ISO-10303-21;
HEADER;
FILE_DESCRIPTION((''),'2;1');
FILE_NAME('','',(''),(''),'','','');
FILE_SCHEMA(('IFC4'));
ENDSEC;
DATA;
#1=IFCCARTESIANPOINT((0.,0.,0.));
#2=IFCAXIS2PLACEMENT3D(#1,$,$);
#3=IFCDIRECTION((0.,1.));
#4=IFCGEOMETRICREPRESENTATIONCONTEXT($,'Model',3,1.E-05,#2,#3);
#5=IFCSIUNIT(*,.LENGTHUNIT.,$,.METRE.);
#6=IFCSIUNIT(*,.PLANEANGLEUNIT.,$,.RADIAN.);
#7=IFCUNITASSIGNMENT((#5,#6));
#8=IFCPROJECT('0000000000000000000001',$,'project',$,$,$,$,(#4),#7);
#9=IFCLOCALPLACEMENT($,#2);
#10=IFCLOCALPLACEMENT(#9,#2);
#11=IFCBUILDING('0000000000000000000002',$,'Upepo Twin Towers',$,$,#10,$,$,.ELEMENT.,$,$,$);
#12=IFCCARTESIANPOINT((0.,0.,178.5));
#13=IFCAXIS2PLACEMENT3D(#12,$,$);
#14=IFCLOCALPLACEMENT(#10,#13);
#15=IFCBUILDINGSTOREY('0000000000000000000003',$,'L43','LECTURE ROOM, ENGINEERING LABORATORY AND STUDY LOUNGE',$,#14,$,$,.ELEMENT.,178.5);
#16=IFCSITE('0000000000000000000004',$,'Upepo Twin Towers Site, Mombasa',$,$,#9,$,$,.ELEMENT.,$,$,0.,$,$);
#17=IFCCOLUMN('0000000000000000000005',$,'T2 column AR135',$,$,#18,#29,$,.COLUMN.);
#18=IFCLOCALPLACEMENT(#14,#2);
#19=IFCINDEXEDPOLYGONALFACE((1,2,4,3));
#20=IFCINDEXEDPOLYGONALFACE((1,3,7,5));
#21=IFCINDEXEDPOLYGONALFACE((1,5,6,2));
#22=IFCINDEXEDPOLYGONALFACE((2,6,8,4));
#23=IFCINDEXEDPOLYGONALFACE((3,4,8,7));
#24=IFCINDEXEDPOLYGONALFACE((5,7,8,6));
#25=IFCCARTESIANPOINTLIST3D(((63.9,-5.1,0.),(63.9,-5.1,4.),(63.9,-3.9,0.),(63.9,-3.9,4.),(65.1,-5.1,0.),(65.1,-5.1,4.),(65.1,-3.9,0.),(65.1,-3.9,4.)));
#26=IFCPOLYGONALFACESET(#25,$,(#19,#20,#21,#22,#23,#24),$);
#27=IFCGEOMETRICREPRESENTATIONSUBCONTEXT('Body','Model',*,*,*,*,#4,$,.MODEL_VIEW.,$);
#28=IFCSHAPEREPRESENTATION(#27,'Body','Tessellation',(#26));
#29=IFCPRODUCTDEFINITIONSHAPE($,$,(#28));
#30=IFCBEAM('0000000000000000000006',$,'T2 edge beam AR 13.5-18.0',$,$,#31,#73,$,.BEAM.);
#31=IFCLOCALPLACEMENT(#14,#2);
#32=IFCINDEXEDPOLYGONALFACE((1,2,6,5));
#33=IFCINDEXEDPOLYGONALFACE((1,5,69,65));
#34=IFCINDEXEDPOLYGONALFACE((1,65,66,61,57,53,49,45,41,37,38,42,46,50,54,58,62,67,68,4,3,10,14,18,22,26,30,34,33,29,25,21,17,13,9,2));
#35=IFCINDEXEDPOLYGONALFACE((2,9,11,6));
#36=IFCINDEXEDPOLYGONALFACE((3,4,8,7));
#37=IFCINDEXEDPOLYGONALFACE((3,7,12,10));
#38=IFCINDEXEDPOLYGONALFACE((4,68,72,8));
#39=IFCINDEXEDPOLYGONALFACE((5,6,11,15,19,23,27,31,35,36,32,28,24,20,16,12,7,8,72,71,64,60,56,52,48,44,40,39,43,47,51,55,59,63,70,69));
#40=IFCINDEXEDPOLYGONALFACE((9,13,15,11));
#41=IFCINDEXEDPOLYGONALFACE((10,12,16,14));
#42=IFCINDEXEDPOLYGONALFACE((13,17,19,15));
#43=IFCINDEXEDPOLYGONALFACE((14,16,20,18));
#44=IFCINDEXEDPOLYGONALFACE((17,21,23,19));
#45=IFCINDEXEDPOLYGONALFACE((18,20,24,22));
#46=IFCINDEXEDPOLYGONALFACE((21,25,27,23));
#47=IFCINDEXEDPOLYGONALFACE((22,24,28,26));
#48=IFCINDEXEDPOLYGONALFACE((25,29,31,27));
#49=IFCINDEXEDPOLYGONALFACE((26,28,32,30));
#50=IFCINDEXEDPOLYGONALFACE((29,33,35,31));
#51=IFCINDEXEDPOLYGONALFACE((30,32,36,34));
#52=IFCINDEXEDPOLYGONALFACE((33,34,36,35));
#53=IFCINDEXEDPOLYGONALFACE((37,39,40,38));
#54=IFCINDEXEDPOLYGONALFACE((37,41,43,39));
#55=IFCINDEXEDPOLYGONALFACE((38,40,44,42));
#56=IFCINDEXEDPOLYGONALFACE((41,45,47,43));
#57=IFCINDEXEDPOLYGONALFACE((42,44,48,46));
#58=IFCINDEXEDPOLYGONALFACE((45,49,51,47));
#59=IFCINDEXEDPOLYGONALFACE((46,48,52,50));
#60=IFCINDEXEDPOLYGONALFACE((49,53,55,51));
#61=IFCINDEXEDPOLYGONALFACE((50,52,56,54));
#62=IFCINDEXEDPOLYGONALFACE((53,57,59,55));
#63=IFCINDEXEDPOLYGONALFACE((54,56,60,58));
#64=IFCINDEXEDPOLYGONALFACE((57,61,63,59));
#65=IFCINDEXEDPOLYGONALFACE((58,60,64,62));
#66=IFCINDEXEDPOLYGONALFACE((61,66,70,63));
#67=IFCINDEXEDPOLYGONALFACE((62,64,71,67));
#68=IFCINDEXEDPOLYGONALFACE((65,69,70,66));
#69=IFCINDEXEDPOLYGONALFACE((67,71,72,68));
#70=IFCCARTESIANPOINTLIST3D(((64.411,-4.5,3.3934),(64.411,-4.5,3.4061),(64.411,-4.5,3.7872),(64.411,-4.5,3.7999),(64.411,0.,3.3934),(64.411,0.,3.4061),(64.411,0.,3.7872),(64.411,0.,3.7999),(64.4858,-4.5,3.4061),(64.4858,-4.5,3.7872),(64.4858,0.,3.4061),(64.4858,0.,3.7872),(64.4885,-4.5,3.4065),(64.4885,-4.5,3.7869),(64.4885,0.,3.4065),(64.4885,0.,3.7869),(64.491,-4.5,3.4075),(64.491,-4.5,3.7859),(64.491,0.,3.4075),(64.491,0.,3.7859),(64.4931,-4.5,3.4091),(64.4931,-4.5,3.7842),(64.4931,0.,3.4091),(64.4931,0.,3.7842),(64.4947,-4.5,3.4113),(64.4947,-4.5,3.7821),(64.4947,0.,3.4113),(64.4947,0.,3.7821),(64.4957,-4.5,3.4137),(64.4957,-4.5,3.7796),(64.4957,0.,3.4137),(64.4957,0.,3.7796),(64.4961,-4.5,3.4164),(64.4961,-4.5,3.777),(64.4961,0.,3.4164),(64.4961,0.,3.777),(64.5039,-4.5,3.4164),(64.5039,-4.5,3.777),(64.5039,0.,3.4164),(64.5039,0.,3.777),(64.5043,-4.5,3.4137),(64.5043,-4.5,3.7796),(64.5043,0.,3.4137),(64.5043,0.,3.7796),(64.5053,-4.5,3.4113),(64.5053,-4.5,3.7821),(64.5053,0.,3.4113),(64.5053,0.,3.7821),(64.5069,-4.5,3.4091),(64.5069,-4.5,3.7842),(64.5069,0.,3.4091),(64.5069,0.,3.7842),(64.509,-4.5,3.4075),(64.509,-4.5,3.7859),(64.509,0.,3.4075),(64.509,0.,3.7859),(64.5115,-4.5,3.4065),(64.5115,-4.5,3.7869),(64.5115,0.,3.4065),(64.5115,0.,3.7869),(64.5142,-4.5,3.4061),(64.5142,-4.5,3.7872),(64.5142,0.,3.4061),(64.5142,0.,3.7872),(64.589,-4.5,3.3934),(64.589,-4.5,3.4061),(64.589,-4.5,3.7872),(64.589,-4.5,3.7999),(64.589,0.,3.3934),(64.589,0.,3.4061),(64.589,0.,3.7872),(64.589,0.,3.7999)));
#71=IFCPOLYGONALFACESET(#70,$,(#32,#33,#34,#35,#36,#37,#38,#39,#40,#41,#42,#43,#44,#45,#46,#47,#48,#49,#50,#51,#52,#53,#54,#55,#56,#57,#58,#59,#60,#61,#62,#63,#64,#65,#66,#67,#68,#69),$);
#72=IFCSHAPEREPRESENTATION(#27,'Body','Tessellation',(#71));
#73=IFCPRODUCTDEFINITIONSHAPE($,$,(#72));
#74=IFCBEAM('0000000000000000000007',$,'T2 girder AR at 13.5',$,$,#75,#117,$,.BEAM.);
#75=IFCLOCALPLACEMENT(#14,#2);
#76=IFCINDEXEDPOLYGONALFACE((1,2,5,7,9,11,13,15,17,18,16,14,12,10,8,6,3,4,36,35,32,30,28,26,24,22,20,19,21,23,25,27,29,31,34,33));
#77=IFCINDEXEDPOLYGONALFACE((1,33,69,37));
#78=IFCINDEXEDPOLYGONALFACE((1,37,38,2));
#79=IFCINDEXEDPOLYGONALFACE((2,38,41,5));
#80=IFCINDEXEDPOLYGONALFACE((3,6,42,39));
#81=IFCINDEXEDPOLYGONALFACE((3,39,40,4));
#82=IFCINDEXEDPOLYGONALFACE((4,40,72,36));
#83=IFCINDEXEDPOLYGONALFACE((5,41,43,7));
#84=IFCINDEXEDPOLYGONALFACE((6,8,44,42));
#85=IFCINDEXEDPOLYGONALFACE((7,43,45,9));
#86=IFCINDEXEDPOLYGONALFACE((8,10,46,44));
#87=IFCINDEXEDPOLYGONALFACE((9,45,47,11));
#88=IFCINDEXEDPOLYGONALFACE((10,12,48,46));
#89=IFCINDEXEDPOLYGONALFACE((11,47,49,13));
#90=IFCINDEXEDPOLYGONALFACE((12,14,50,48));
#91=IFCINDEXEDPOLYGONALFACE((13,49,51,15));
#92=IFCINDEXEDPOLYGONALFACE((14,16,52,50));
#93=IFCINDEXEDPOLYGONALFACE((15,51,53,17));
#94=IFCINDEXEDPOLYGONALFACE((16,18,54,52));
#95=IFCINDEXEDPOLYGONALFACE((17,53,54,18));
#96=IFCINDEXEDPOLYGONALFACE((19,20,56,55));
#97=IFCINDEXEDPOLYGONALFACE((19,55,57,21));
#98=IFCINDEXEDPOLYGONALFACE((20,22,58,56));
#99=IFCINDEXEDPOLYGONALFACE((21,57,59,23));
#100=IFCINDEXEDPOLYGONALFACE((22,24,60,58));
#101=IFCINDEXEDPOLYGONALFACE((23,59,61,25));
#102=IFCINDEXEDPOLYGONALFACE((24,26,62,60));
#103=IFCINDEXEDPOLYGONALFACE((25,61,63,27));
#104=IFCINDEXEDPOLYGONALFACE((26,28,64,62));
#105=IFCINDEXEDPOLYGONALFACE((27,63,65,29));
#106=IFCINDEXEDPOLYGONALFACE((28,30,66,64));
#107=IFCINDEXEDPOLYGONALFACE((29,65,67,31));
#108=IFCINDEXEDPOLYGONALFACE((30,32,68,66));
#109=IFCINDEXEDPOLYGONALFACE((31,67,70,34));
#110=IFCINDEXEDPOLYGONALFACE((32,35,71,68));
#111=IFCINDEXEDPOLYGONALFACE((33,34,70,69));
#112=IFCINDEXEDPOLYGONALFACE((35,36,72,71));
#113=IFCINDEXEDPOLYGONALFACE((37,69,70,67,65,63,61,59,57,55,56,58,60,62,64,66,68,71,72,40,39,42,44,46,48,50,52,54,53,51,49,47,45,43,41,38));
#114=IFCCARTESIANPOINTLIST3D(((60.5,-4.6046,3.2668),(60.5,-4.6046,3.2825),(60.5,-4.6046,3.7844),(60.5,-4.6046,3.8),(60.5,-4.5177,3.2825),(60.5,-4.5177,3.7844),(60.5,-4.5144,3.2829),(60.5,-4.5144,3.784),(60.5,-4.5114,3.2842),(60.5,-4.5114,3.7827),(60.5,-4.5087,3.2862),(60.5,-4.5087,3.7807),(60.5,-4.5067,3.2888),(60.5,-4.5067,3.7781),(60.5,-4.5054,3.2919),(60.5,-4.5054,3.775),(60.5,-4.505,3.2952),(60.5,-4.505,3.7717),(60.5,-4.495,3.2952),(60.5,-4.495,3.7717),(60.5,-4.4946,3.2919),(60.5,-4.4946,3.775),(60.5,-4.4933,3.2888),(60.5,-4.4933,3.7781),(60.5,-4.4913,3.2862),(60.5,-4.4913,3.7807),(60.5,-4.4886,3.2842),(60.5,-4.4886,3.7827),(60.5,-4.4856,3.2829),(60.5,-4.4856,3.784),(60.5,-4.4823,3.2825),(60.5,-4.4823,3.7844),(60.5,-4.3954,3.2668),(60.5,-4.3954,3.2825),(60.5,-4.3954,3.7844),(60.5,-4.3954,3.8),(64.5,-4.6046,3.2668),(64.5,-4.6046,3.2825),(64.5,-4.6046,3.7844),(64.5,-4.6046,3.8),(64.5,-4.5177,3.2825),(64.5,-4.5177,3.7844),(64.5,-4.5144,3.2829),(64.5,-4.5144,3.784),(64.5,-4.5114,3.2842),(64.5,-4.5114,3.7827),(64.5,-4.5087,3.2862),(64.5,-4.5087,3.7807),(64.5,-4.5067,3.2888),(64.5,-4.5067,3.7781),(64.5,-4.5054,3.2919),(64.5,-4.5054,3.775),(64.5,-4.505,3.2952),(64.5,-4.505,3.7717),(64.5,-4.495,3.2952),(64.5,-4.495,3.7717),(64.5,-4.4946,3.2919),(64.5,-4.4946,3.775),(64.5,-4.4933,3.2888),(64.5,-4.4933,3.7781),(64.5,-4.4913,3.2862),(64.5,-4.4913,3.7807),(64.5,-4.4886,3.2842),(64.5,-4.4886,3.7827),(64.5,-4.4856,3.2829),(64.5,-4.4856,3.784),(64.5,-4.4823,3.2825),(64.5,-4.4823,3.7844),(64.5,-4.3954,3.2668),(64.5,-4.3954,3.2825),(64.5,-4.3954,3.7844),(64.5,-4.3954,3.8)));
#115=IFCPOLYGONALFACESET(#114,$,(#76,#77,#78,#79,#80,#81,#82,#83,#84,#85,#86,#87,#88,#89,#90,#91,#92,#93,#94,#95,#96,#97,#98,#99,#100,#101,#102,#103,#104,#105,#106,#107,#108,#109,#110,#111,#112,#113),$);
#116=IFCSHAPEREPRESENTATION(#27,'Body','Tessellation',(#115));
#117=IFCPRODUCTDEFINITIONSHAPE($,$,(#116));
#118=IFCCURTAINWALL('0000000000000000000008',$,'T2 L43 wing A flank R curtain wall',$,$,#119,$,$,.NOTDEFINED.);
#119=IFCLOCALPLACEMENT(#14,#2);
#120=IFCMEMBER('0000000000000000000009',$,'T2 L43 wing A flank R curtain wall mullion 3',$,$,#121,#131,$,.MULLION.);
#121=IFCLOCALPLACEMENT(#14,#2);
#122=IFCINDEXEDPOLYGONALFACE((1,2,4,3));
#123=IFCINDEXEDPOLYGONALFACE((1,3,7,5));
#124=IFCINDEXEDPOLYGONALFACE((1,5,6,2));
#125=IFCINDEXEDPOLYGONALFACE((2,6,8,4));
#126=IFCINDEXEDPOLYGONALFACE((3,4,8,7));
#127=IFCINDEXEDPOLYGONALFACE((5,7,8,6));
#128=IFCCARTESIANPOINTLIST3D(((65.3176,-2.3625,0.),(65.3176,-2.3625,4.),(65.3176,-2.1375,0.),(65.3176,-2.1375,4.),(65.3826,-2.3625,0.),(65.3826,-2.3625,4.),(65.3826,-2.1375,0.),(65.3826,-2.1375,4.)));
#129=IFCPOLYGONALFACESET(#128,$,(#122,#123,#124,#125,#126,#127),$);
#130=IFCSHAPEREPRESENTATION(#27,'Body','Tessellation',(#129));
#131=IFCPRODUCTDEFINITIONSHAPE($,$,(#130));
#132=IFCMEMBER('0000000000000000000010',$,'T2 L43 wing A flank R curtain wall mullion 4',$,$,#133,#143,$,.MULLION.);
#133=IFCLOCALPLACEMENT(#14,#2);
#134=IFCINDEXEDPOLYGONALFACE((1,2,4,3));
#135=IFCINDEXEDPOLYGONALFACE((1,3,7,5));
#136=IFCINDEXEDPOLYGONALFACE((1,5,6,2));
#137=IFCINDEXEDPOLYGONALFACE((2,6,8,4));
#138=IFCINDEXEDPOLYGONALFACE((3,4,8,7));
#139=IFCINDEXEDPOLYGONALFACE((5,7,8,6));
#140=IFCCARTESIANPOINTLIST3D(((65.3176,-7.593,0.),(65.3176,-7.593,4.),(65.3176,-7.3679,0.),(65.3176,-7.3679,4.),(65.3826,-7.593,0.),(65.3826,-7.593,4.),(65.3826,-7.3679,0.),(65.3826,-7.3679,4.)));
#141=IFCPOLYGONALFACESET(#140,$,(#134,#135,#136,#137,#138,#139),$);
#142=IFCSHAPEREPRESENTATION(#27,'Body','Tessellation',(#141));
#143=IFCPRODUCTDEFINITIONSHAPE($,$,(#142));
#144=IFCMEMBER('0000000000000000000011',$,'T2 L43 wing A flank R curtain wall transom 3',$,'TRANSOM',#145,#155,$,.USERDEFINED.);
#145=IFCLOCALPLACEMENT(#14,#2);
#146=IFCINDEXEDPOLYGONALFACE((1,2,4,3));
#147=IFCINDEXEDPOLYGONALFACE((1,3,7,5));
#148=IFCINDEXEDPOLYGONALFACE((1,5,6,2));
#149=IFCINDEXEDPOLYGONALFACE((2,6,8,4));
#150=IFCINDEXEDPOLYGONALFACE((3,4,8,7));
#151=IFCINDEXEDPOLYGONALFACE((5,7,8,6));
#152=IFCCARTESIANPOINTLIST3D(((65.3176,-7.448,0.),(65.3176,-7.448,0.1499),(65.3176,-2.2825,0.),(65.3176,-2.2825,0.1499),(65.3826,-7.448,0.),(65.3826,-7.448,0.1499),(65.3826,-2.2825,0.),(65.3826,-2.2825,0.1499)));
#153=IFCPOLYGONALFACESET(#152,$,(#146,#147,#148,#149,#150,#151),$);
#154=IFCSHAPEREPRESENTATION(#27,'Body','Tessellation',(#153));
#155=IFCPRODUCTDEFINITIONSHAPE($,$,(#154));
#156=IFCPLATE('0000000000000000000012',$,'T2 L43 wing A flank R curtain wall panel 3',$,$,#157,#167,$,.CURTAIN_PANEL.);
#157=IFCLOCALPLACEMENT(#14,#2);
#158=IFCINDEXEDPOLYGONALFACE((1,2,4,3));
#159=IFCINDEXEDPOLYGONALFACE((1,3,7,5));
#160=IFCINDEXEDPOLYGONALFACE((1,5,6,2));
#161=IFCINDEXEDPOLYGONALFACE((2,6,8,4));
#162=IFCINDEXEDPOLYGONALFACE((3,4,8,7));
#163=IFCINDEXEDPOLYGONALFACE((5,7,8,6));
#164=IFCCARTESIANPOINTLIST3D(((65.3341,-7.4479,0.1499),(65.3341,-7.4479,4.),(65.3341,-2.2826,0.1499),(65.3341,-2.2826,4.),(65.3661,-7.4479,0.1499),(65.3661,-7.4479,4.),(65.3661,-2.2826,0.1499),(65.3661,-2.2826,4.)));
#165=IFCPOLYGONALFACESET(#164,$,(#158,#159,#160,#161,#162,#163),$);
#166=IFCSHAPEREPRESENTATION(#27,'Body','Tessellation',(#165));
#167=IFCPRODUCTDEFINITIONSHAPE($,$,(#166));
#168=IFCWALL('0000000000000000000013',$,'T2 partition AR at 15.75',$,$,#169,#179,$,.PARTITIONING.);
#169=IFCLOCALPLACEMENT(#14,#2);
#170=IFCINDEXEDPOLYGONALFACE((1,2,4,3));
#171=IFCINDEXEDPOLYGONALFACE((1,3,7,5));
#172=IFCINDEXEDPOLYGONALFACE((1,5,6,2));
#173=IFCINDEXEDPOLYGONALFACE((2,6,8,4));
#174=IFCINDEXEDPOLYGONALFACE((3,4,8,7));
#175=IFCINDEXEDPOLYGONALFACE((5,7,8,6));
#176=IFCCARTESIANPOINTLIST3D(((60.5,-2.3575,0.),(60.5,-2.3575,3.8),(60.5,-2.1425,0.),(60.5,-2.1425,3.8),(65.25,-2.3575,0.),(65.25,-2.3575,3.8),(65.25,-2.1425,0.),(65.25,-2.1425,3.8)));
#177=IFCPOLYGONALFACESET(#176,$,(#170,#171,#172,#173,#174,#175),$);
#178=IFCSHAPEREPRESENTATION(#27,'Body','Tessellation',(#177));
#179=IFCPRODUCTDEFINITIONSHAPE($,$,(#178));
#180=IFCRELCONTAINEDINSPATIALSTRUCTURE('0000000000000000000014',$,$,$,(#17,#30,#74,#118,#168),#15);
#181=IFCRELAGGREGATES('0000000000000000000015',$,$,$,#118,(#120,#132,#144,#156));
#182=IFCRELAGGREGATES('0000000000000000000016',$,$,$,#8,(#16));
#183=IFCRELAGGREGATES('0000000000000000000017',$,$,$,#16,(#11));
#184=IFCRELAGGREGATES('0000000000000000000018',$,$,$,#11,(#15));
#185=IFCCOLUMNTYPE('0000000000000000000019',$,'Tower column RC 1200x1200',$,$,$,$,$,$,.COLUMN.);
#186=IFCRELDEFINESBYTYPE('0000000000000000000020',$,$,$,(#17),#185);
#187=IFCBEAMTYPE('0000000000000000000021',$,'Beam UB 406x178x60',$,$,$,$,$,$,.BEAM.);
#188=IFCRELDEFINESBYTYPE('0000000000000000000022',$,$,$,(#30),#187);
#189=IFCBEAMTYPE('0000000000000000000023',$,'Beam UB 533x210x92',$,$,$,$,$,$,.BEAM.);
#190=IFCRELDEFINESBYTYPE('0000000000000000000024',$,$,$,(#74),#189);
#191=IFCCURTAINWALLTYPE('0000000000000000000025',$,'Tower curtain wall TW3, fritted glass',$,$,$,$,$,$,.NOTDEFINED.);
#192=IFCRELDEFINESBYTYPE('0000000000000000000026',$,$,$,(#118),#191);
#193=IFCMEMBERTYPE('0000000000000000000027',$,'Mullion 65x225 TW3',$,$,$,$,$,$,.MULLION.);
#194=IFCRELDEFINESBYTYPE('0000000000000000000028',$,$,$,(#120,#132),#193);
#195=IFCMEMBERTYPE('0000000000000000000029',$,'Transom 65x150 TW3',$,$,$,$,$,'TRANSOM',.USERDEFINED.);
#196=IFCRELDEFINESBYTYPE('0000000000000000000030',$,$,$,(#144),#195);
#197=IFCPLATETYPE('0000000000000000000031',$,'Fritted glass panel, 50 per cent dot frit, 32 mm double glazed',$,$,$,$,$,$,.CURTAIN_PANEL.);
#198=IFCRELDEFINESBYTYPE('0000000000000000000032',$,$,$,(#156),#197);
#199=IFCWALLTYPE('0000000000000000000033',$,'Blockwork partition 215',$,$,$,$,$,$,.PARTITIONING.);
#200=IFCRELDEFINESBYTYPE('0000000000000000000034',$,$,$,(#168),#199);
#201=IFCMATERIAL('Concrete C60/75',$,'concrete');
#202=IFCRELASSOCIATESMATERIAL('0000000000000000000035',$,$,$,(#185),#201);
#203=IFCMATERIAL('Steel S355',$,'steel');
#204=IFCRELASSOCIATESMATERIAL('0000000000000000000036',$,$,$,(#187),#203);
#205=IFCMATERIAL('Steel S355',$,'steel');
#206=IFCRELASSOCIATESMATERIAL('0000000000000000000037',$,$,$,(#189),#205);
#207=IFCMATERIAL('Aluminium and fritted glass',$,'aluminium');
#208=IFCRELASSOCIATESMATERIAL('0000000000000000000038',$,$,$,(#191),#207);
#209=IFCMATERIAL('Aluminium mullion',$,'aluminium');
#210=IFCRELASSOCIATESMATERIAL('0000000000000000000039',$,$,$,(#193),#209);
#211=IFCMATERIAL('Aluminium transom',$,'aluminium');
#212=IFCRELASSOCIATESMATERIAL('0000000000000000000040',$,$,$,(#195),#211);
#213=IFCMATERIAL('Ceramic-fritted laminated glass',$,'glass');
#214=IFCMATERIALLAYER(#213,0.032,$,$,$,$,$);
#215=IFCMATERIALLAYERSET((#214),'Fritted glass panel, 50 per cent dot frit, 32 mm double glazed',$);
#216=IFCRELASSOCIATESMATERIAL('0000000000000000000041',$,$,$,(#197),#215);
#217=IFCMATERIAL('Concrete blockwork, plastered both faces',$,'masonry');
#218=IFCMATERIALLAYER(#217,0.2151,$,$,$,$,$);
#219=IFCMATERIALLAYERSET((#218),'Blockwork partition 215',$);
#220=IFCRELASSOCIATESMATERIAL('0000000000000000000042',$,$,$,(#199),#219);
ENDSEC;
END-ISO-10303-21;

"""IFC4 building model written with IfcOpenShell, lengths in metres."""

from ifc_helpers import new_model, si_unit, direction, frame, frame_2d, origin, origin_2d, place, context, subcontext, project, spatial, rectangle, i_section, extrude, material, layer, layer_set, material_profile, profile_set, type_object, element, aggregate, save


model = new_model("IFC4")

# Units and contexts
model_context = context("Model", 3, precision=1e-05, world=origin(), true_north=direction((0.0, 1.0)))
body_context = subcontext(model_context, "Body", "Model", "MODEL_VIEW")
ifc_project = project(units=[si_unit("LENGTHUNIT", "METRE"), si_unit("PLANEANGLEUNIT", "RADIAN")], contexts=[model_context])

# Site, building, storey
site_placement = place(None, origin())
site = spatial("IfcSite", under=ifc_project, at=site_placement, Name="Upepo Twin Towers Site, Mombasa", CompositionType="ELEMENT", RefElevation=0.0)
building_placement = place(site_placement, origin())
building = spatial("IfcBuilding", under=site, at=building_placement, Name="Upepo Twin Towers", CompositionType="ELEMENT")
storey_placement = place(building_placement, frame((0.0, 0.0, 178.5)))
storey = spatial("IfcBuildingStorey", under=building, at=storey_placement, Name="L43", Description="LECTURE ROOM, ENGINEERING LABORATORY AND STUDY LOUNGE", CompositionType="ELEMENT", Elevation=178.5)

# Column
ifc_material_1 = material(Name="Concrete C60/75", Category="concrete")
ifc_material_profile_1 = material_profile(ifc_material_1, rectangle(XDim=1.2, YDim=1.2, at=origin_2d()), Name="RC 1200x1200")
ifc_profile_set_1 = profile_set([ifc_material_profile_1], Name="Concrete C60/75")
column_type = type_object("IfcColumnType", Name="Tower column RC 1200x1200", PredefinedType="COLUMN", material=ifc_profile_set_1)
column_placement = place(storey_placement, frame((64.5, -4.5, 0.0), z_axis=(0.0, 0.0, 1.0), x_axis=(1.0, 0.0, 0.0)))
element("IfcColumn", 1, at=column_placement, inside=storey, type_object=column_type, Name="T2 column AR135", PredefinedType="COLUMN", context=body_context, shape_type="SweptSolid", body=[
    extrude(rectangle(XDim=1.2, YDim=1.2, at=origin_2d()), origin(), (0.0, 0.0, 1.0), 4.0),
])

# Beams
ifc_material_2 = material(Name="Steel S355", Category="steel")
ifc_material_profile_2 = material_profile(ifc_material_2, i_section(OverallWidth=0.178, OverallDepth=0.4065, WebThickness=0.0078, FlangeThickness=0.0127, FilletRadius=0.0103, at=origin_2d()), Name="UB 406x178x60")
ifc_profile_set_2 = profile_set([ifc_material_profile_2], Name="Steel S355")
beam_type_1 = type_object("IfcBeamType", Name="Beam UB 406x178x60", PredefinedType="BEAM", material=ifc_profile_set_2)
beam_1_placement = place(storey_placement, frame((64.5, -4.5, 3.5967), z_axis=(0.0, 1.0, 0.0), x_axis=(-1.0, 0.0, 0.0)))
element("IfcBeam", 2, at=beam_1_placement, inside=storey, type_object=beam_type_1, Name="T2 edge beam AR 13.5-18.0", PredefinedType="BEAM", context=body_context, shape_type="SweptSolid", body=[
    extrude(i_section(OverallWidth=0.178, OverallDepth=0.4065, WebThickness=0.0078, FlangeThickness=0.0127, FilletRadius=0.0103, at=origin_2d()), origin(), (0.0, 0.0, 1.0), 4.5),
])
ifc_material_3 = material(Name="Steel S355", Category="steel")
ifc_material_profile_3 = material_profile(ifc_material_3, i_section(OverallWidth=0.2092, OverallDepth=0.5332, WebThickness=0.01, FlangeThickness=0.0156, FilletRadius=0.0127, at=origin_2d()), Name="UB 533x210x92")
ifc_profile_set_3 = profile_set([ifc_material_profile_3], Name="Steel S355")
beam_type_2 = type_object("IfcBeamType", Name="Beam UB 533x210x92", PredefinedType="BEAM", material=ifc_profile_set_3)
beam_2_placement = place(storey_placement, frame((64.5, -4.5, 3.5334), z_axis=(-1.0, 0.0, 0.0), x_axis=(0.0, -1.0, 0.0)))
element("IfcBeam", 3, at=beam_2_placement, inside=storey, type_object=beam_type_2, Name="T2 girder AR at 13.5", PredefinedType="BEAM", context=body_context, shape_type="SweptSolid", body=[
    extrude(i_section(OverallWidth=0.2092, OverallDepth=0.5332, WebThickness=0.01, FlangeThickness=0.0156, FilletRadius=0.0127, at=origin_2d()), origin(), (0.0, 0.0, 1.0), 4.0),
])

# Curtain wall, members, plate
ifc_material_4 = material(Name="Aluminium and fritted glass", Category="aluminium")
curtain_wall_type = type_object("IfcCurtainWallType", Name="Tower curtain wall TW3, fritted glass", PredefinedType="NOTDEFINED", material=ifc_material_4)
curtain_wall_placement = place(storey_placement, origin())
curtain_wall = element("IfcCurtainWall", 4, at=curtain_wall_placement, inside=storey, type_object=curtain_wall_type, Name="T2 L43 wing A flank R curtain wall", PredefinedType="NOTDEFINED")
ifc_material_5 = material(Name="Aluminium mullion", Category="aluminium")
ifc_material_profile_4 = material_profile(ifc_material_5, rectangle(XDim=0.0649, YDim=0.2251, at=origin_2d()), Name="MULLION 65x225")
ifc_profile_set_4 = profile_set([ifc_material_profile_4], Name="Aluminium mullion")
member_type_1 = type_object("IfcMemberType", Name="Mullion 65x225 TW3", PredefinedType="MULLION", material=ifc_profile_set_4)
member_1_placement = place(storey_placement, frame((65.3501, -2.25, 0.0), z_axis=(0.0, 0.0, 1.0), x_axis=(1.0, 0.0, 0.0)))
member_1 = element("IfcMember", 5, at=member_1_placement, type_object=member_type_1, Name="T2 L43 wing A flank R curtain wall mullion 3", PredefinedType="MULLION", context=body_context, shape_type="SweptSolid", body=[
    extrude(rectangle(XDim=0.0649, YDim=0.2251, at=origin_2d()), origin(), (0.0, 0.0, 1.0), 4.0),
])
member_2_placement = place(storey_placement, frame((65.3501, -7.4805, 0.0), z_axis=(0.0, 0.0, 1.0), x_axis=(1.0, 0.0, 0.0)))
member_2 = element("IfcMember", 6, at=member_2_placement, type_object=member_type_1, Name="T2 L43 wing A flank R curtain wall mullion 4", PredefinedType="MULLION", context=body_context, shape_type="SweptSolid", body=[
    extrude(rectangle(XDim=0.0649, YDim=0.2251, at=origin_2d()), origin(), (0.0, 0.0, 1.0), 4.0),
])
ifc_material_6 = material(Name="Aluminium transom", Category="aluminium")
ifc_material_profile_5 = material_profile(ifc_material_6, rectangle(XDim=0.0649, YDim=0.1499, at=origin_2d()), Name="TRANSOM 65x150")
ifc_profile_set_5 = profile_set([ifc_material_profile_5], Name="Aluminium transom")
member_type_2 = type_object("IfcMemberType", Name="Transom 65x150 TW3", ElementType="TRANSOM", PredefinedType="USERDEFINED", material=ifc_profile_set_5)
member_3_placement = place(storey_placement, frame((65.3501, -2.2825, 0.075), z_axis=(0.0, -1.0, 0.0), x_axis=(1.0, 0.0, 0.0)))
member_3 = element("IfcMember", 7, at=member_3_placement, type_object=member_type_2, Name="T2 L43 wing A flank R curtain wall transom 3", ObjectType="TRANSOM", PredefinedType="USERDEFINED", context=body_context, shape_type="SweptSolid", body=[
    extrude(rectangle(XDim=0.0649, YDim=0.1499, at=origin_2d()), origin(), (0.0, 0.0, 1.0), 5.1655),
])
ifc_material_7 = material(Name="Ceramic-fritted laminated glass", Category="glass")
ifc_layer_1 = layer(ifc_material_7, 0.032)
ifc_layer_set_1 = layer_set([ifc_layer_1], Name="Fritted glass panel, 50 per cent dot frit, 32 mm double glazed")
plate_type = type_object("IfcPlateType", Name="Fritted glass panel, 50 per cent dot frit, 32 mm double glazed", PredefinedType="CURTAIN_PANEL", material=ifc_layer_set_1)
plate_placement = place(storey_placement, frame((65.3501, -4.8652, 0.1499), z_axis=(0.0, 0.0, 1.0), x_axis=(0.0, -1.0, 0.0)))
plate = element("IfcPlate", 8, at=plate_placement, type_object=plate_type, Name="T2 L43 wing A flank R curtain wall panel 3", PredefinedType="CURTAIN_PANEL", context=body_context, shape_type="SweptSolid", body=[
    extrude(rectangle(XDim=5.1653, YDim=0.032, at=origin_2d()), origin(), (0.0, 0.0, 1.0), 3.8501),
])
aggregate(curtain_wall, [member_1, member_2, member_3, plate])

# Wall
ifc_material_8 = material(Name="Concrete blockwork, plastered both faces", Category="masonry")
ifc_layer_2 = layer(ifc_material_8, 0.2151)
ifc_layer_set_2 = layer_set([ifc_layer_2], Name="Blockwork partition 215")
wall_type_1 = type_object("IfcWallType", Name="Blockwork partition 215", PredefinedType="PARTITIONING", material=ifc_layer_set_2)
wall_1_placement = place(storey_placement, frame((60.5, -2.25, 0.0), z_axis=(0.0, 0.0, 1.0), x_axis=(1.0, 0.0, 0.0)))
element("IfcWall", 9, at=wall_1_placement, inside=storey, type_object=wall_type_1, Name="T2 partition AR at 15.75", PredefinedType="PARTITIONING", context=body_context, shape_type="SweptSolid", body=[
    extrude(rectangle(XDim=4.75, YDim=0.2151, at=frame_2d((2.375, 0.0))), origin(), (0.0, 0.0, 1.0), 3.8),
])

save(model, "model.ifc")
